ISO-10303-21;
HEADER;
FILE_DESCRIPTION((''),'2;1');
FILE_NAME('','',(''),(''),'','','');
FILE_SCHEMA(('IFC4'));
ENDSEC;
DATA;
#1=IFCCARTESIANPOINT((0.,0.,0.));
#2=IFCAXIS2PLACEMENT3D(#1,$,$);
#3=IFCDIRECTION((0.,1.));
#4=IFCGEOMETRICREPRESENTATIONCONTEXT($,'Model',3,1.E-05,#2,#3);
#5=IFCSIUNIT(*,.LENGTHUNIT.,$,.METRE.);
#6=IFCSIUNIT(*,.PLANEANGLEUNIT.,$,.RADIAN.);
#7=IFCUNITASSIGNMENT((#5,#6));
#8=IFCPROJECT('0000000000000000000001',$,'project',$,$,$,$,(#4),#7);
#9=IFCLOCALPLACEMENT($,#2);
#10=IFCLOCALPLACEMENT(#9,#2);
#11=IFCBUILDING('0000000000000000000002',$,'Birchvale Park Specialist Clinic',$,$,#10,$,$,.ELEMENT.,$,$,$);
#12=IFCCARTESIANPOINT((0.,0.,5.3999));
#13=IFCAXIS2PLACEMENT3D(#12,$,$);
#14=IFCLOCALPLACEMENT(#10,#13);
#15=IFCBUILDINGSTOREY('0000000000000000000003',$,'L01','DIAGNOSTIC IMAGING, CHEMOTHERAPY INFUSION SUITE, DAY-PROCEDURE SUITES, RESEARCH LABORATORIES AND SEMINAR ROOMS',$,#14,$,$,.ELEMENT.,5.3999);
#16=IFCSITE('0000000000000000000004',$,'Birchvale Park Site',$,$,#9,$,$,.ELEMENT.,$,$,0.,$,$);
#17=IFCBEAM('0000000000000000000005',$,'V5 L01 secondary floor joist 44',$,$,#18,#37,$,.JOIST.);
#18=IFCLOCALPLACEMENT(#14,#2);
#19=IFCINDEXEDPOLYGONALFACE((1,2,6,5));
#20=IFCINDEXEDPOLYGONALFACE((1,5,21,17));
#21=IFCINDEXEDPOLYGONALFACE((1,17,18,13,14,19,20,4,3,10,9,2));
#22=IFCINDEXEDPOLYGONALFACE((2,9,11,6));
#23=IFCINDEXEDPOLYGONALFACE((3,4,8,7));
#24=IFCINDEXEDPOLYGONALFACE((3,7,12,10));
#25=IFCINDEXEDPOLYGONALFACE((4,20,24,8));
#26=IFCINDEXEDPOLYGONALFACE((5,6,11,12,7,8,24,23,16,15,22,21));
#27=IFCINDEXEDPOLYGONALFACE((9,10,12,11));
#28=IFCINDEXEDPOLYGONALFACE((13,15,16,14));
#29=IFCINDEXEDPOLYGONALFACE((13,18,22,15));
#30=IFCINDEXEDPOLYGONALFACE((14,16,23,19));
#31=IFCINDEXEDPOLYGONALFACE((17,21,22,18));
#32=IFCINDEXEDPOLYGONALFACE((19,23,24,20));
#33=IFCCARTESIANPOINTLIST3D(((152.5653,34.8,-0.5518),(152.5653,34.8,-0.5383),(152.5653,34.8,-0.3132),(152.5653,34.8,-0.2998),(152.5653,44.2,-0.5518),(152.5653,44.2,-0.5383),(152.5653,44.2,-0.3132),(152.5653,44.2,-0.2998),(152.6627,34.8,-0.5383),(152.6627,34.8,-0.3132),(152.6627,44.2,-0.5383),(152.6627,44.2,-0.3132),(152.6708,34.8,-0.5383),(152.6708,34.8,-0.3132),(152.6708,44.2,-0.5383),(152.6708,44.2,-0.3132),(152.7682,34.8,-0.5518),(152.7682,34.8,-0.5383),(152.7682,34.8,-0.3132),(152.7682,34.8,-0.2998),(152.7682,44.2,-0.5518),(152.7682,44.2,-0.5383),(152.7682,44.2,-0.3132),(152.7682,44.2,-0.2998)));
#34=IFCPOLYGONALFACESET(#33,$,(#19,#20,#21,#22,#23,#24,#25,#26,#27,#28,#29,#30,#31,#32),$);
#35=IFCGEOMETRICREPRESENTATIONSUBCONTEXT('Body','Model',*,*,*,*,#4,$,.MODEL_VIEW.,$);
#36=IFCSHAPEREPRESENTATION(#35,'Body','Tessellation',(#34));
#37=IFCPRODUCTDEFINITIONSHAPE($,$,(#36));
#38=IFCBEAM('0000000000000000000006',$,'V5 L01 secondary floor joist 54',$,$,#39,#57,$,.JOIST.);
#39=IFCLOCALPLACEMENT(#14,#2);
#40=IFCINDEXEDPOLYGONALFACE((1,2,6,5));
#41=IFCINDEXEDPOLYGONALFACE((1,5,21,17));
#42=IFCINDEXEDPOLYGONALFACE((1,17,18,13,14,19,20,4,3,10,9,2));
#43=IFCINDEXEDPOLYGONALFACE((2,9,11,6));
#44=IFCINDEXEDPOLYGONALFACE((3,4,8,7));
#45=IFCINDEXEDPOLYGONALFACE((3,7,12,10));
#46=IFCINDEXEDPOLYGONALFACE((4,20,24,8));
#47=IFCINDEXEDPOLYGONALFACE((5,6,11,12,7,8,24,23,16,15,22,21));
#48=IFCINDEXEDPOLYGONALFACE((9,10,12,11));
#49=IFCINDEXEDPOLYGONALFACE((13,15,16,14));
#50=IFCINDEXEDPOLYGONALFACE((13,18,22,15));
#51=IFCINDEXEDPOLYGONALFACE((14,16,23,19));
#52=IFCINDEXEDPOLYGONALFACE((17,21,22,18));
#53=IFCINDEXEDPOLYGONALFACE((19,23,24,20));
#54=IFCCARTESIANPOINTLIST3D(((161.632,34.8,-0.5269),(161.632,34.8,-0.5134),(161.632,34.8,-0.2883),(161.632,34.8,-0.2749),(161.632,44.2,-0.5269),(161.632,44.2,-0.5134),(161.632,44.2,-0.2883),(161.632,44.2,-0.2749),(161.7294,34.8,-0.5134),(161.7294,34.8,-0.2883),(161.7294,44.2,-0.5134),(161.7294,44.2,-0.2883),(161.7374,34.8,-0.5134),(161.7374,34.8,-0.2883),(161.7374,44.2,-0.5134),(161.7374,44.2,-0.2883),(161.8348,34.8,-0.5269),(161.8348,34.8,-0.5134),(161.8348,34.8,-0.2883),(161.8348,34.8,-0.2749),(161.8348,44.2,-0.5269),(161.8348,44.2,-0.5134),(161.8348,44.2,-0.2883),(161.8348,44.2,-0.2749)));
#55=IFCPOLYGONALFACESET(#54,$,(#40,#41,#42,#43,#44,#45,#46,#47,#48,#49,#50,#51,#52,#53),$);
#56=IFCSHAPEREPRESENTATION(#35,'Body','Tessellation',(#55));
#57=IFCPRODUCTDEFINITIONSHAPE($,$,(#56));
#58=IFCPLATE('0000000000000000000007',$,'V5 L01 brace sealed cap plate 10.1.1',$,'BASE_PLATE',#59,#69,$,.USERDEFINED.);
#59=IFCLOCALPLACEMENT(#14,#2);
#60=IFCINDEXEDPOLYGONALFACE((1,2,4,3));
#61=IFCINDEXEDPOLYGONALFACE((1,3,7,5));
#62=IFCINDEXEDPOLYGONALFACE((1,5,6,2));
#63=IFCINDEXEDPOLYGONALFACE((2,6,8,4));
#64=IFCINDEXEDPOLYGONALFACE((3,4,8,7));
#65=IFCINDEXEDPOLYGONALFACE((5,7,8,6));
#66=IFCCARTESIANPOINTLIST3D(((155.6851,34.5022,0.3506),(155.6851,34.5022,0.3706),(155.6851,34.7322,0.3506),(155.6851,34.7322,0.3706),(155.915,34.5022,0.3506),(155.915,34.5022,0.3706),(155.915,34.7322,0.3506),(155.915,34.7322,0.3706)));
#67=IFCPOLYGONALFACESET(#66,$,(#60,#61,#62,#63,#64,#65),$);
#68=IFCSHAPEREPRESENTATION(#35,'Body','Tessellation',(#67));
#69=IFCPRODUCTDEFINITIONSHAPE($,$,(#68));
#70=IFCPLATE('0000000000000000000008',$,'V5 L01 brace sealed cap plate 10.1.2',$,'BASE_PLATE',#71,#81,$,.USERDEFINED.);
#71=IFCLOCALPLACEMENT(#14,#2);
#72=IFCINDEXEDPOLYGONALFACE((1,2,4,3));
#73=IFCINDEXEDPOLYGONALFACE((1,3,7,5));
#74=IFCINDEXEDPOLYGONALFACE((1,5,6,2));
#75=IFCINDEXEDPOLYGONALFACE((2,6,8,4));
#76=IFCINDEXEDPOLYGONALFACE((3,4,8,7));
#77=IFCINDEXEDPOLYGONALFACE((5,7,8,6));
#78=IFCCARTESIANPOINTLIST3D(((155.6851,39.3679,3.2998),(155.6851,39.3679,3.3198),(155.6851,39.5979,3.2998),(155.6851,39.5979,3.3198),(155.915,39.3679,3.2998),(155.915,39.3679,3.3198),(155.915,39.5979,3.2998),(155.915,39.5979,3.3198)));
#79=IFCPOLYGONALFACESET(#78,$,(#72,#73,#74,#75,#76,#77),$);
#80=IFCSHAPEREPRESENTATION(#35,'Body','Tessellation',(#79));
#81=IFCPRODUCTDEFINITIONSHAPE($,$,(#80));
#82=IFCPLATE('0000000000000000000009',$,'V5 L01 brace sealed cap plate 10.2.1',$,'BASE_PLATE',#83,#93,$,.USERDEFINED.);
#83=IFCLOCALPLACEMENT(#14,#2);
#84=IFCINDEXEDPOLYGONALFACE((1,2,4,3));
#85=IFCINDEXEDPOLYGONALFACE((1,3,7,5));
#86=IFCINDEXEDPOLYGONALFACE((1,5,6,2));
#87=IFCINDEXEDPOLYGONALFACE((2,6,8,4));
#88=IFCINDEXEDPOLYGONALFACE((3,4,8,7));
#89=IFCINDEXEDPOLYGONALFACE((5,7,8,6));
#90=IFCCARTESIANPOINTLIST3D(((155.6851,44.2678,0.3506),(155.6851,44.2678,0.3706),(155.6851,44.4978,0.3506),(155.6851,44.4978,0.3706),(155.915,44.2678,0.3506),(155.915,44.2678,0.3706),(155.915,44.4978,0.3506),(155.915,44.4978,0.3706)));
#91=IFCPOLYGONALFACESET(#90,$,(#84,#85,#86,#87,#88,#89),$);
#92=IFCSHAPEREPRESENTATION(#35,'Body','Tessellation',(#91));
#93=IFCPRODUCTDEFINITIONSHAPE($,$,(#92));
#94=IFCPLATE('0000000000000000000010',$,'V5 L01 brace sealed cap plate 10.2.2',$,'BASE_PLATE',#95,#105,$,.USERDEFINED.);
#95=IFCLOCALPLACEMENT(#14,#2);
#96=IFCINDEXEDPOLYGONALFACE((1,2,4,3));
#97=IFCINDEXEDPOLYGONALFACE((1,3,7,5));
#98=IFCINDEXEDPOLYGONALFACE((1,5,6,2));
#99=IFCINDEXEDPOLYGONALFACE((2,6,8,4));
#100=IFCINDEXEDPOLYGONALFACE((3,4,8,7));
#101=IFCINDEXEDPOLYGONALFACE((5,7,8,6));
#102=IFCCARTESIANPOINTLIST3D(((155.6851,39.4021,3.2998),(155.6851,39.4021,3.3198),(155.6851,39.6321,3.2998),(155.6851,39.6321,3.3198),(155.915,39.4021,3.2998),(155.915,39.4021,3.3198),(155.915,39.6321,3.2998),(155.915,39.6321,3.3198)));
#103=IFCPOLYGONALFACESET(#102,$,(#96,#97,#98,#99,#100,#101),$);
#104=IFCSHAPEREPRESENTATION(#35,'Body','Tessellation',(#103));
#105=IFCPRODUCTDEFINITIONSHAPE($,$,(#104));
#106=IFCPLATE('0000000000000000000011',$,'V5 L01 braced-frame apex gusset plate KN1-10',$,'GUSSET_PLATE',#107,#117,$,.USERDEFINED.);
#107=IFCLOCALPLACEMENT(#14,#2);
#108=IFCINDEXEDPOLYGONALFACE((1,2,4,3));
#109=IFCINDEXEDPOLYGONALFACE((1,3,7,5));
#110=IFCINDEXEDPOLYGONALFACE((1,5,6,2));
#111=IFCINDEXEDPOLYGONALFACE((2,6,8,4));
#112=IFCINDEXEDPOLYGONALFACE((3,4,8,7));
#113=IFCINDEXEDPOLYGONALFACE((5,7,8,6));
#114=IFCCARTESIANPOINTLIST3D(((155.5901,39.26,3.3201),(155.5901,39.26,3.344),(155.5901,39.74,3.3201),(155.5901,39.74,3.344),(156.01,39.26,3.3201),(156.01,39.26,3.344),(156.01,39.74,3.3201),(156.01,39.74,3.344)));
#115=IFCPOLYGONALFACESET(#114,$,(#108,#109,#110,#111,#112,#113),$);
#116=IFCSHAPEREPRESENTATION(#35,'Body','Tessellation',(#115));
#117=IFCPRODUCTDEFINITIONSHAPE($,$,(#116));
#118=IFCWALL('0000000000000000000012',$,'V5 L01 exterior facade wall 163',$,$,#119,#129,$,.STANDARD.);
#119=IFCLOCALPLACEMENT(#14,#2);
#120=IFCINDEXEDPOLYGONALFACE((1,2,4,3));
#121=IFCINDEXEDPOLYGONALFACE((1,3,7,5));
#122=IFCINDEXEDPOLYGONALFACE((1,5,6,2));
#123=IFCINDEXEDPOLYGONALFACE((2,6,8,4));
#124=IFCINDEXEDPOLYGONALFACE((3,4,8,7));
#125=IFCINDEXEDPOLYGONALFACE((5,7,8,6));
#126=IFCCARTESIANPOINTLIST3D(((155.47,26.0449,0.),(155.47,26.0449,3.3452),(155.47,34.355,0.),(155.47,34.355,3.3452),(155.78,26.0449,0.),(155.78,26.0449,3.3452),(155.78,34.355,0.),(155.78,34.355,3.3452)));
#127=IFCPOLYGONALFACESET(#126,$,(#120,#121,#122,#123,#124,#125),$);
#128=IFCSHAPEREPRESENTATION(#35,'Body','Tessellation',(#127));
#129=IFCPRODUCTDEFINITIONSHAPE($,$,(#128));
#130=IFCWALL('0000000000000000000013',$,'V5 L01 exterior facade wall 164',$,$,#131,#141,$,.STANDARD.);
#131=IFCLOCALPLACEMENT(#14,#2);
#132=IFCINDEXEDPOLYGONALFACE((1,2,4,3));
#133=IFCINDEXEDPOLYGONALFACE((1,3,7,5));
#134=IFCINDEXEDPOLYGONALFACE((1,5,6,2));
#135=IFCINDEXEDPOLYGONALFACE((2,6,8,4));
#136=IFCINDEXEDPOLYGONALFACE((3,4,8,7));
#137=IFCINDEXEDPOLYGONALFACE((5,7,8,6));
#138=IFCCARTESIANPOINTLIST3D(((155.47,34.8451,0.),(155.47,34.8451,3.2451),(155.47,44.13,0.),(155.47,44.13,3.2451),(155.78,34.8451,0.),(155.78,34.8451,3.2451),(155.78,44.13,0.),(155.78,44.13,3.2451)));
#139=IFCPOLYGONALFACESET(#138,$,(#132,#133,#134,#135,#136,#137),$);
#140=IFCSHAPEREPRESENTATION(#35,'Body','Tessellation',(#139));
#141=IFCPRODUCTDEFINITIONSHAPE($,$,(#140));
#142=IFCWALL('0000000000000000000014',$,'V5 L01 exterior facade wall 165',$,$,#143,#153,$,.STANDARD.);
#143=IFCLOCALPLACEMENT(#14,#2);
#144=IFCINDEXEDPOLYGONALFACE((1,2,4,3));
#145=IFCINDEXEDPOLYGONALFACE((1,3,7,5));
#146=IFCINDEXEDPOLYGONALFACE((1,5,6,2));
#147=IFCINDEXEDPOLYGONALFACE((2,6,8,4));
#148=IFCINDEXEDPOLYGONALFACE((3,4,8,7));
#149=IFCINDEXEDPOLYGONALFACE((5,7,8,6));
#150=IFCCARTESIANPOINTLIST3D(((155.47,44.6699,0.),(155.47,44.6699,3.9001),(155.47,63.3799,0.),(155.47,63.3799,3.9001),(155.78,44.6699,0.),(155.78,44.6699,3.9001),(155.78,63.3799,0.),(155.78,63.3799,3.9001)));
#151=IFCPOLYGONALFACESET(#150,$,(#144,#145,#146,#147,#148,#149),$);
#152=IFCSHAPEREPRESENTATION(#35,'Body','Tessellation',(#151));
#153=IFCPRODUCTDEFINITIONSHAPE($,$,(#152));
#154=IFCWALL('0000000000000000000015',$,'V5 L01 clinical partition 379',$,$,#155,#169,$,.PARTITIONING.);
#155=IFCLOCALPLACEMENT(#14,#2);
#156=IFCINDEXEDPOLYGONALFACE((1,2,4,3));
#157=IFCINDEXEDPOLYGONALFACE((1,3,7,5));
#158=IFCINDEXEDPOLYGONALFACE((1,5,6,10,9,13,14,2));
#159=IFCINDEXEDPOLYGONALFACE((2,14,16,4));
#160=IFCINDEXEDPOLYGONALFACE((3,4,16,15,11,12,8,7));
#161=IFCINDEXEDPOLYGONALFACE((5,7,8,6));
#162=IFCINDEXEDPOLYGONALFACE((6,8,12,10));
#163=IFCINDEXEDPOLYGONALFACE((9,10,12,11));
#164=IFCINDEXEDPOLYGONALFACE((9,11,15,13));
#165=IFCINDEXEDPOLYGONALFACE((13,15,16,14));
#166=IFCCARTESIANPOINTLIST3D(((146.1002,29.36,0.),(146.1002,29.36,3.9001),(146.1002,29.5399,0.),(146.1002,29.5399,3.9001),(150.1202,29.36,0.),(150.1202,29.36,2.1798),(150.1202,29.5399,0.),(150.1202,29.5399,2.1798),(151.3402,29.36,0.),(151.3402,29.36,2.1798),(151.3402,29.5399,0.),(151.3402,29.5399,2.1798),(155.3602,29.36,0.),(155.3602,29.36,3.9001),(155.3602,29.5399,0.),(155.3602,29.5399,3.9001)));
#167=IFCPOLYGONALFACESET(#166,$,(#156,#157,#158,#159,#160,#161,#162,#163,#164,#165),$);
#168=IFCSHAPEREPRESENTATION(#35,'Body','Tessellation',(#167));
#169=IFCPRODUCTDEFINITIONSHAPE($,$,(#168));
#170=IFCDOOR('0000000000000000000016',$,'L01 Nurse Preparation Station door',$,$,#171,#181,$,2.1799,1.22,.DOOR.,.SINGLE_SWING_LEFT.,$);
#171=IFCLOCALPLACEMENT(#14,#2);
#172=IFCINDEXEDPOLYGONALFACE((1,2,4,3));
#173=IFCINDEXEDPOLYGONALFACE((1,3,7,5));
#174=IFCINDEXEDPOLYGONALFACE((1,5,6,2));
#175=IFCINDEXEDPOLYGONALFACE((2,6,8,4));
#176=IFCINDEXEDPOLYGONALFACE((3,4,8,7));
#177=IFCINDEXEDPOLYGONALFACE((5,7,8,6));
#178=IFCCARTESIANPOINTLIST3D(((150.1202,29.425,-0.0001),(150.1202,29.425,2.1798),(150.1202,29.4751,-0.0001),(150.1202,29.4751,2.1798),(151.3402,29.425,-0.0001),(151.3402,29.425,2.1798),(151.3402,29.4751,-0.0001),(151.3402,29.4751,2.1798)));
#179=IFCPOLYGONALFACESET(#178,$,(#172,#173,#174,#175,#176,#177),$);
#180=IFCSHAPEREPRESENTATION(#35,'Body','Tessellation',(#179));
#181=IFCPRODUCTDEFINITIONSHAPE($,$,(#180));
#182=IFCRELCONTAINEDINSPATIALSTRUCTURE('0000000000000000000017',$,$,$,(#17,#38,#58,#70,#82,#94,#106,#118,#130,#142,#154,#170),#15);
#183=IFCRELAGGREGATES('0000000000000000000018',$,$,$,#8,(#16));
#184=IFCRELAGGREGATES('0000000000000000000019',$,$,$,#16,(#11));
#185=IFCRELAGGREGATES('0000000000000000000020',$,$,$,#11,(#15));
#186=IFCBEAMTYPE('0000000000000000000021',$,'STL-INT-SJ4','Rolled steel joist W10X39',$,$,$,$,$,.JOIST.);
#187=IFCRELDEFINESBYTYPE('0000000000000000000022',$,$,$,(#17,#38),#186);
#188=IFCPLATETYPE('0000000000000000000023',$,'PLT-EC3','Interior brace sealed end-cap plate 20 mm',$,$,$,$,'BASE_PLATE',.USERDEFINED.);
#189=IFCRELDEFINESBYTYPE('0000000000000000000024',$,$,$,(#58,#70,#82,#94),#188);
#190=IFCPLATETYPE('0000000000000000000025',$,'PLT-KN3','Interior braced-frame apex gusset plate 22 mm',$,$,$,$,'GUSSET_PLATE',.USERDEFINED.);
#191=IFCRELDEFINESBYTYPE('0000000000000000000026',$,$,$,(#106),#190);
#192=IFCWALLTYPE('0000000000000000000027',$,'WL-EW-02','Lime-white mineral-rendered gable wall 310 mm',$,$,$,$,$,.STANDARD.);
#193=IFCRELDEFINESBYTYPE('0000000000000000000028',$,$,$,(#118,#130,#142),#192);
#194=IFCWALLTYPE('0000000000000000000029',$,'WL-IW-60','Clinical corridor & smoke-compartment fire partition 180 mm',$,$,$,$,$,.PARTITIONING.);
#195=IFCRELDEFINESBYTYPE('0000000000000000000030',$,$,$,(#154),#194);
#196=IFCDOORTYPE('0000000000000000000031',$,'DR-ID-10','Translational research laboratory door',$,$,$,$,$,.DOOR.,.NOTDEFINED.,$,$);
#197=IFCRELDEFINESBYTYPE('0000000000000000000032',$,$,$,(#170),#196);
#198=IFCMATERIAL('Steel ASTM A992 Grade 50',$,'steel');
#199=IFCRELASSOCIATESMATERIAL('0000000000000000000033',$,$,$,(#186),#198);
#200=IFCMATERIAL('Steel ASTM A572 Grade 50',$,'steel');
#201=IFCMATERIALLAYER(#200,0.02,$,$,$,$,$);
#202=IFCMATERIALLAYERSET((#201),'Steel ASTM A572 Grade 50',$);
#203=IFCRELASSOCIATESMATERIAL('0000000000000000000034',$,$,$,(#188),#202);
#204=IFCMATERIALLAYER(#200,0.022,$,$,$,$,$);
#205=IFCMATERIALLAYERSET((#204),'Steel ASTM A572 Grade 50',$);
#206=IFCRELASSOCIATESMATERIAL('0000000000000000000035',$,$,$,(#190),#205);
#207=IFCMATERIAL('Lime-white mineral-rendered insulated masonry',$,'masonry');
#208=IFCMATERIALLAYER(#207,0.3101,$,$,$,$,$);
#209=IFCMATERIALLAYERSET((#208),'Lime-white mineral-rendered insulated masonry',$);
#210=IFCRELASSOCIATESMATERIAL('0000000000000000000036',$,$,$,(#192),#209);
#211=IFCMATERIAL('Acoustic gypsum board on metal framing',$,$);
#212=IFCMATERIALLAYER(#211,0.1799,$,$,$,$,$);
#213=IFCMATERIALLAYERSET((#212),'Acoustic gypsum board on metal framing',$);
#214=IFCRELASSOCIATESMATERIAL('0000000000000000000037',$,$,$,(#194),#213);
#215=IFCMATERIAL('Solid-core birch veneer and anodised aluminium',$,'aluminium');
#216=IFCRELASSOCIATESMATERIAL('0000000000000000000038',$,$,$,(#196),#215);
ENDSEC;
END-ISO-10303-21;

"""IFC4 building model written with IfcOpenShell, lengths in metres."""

from ifc_helpers import new_model, si_unit, direction, frame, frame_2d, origin, origin_2d, place, context, subcontext, project, spatial, rectangle, i_section, extrude, material, layer, layer_set, material_profile, profile_set, type_object, element, fill, save


model = new_model("IFC4")

# Units and contexts
model_context = context("Model", 3, precision=1e-05, world=origin(), true_north=direction((0.0, 1.0)))
body_context = subcontext(model_context, "Body", "Model", "MODEL_VIEW")
ifc_project = project(units=[si_unit("LENGTHUNIT", "METRE"), si_unit("PLANEANGLEUNIT", "RADIAN")], contexts=[model_context])

# Site, building, storey
site_placement = place(None, origin())
site = spatial("IfcSite", under=ifc_project, at=site_placement, Name="Birchvale Park Site", CompositionType="ELEMENT", RefElevation=0.0)
building_placement = place(site_placement, origin())
building = spatial("IfcBuilding", under=site, at=building_placement, Name="Birchvale Park Specialist Clinic", CompositionType="ELEMENT")
storey_placement = place(building_placement, frame((0.0, 0.0, 5.3999)))
storey = spatial("IfcBuildingStorey", under=building, at=storey_placement, Name="L01", Description="DIAGNOSTIC IMAGING, CHEMOTHERAPY INFUSION SUITE, DAY-PROCEDURE SUITES, RESEARCH LABORATORIES AND SEMINAR ROOMS", CompositionType="ELEMENT", Elevation=5.3999)

# Beams
ifc_material_1 = material(Name="Steel ASTM A992 Grade 50", Category="steel")
ifc_material_profile_1 = material_profile(ifc_material_1, i_section(OverallWidth=0.2029, OverallDepth=0.252, WebThickness=0.0081, FlangeThickness=0.0134, at=origin_2d()), Name="W10X39")
ifc_profile_set_1 = profile_set([ifc_material_profile_1], Name="Steel ASTM A992 Grade 50")
beam_type_1 = type_object("IfcBeamType", Name="STL-INT-SJ4", Description="Rolled steel joist W10X39", PredefinedType="JOIST", material=ifc_profile_set_1)
for number, where, z_axis, x_axis, name in (
    (1, (152.6667, 34.8, -0.4258), (0.0, 1.0, 0.0), (-1.0, 0.0, 0.0), "V5 L01 secondary floor joist 44"),
    (2, (161.7334, 34.8, -0.4009), (0.0, 1.0, 0.0), (-1.0, 0.0, 0.0), "V5 L01 secondary floor joist 54"),
):
    element("IfcBeam", number, at=place(storey_placement, frame(where, z_axis=z_axis, x_axis=x_axis)), inside=storey, type_object=beam_type_1, Name=name, PredefinedType="JOIST", context=body_context, shape_type="SweptSolid", body=[
        extrude(i_section(OverallWidth=0.2029, OverallDepth=0.252, WebThickness=0.0081, FlangeThickness=0.0134, at=origin_2d()), origin(), (0.0, 0.0, 1.0), 9.3999),
    ])

# Plates
ifc_material_2 = material(Name="Steel ASTM A572 Grade 50", Category="steel")
ifc_layer_1 = layer(ifc_material_2, 0.02)
ifc_layer_set_1 = layer_set([ifc_layer_1], Name="Steel ASTM A572 Grade 50")
plate_type_1 = type_object("IfcPlateType", Name="PLT-EC3", Description="Interior brace sealed end-cap plate 20 mm", ElementType="BASE_PLATE", PredefinedType="USERDEFINED", material=ifc_layer_set_1)
for number, where, z_axis, x_axis, name in (
    (3, (155.8, 34.6172, 0.3506), (0.0, 0.0, 1.0), (1.0, 0.0, 0.0), "V5 L01 brace sealed cap plate 10.1.1"),
    (4, (155.8, 39.4829, 3.2998), (0.0, 0.0, 1.0), (1.0, 0.0, 0.0), "V5 L01 brace sealed cap plate 10.1.2"),
    (5, (155.8, 44.3828, 0.3506), (0.0, 0.0, 1.0), (1.0, 0.0, 0.0), "V5 L01 brace sealed cap plate 10.2.1"),
    (6, (155.8, 39.5171, 3.2998), (0.0, 0.0, 1.0), (1.0, 0.0, 0.0), "V5 L01 brace sealed cap plate 10.2.2"),
):
    element("IfcPlate", number, at=place(storey_placement, frame(where, z_axis=z_axis, x_axis=x_axis)), inside=storey, type_object=plate_type_1, Name=name, ObjectType="BASE_PLATE", PredefinedType="USERDEFINED", context=body_context, shape_type="SweptSolid", body=[
        extrude(rectangle(XDim=0.23, YDim=0.23, at=origin_2d()), origin(), (0.0, 0.0, 1.0), 0.02),
    ])
ifc_layer_2 = layer(ifc_material_2, 0.022)
ifc_layer_set_2 = layer_set([ifc_layer_2], Name="Steel ASTM A572 Grade 50")
plate_type_2 = type_object("IfcPlateType", Name="PLT-KN3", Description="Interior braced-frame apex gusset plate 22 mm", ElementType="GUSSET_PLATE", PredefinedType="USERDEFINED", material=ifc_layer_set_2)
plate_placement = place(storey_placement, frame((155.8, 39.5, 3.3201), z_axis=(0.0, 0.0, 1.0), x_axis=(1.0, 0.0, 0.0)))
element("IfcPlate", 7, at=plate_placement, inside=storey, type_object=plate_type_2, Name="V5 L01 braced-frame apex gusset plate KN1-10", ObjectType="GUSSET_PLATE", PredefinedType="USERDEFINED", context=body_context, shape_type="SweptSolid", body=[
    extrude(rectangle(XDim=0.4199, YDim=0.48, at=origin_2d()), origin(), (0.0, 0.0, 1.0), 0.0239),
])

# Walls
ifc_material_3 = material(Name="Lime-white mineral-rendered insulated masonry", Category="masonry")
ifc_layer_3 = layer(ifc_material_3, 0.3101)
ifc_layer_set_3 = layer_set([ifc_layer_3], Name="Lime-white mineral-rendered insulated masonry")
wall_type_1 = type_object("IfcWallType", Name="WL-EW-02", Description="Lime-white mineral-rendered gable wall 310 mm", PredefinedType="STANDARD", material=ifc_layer_set_3)
wall_1_placement = place(storey_placement, frame((155.625, 26.0449, 0.0), z_axis=(0.0, 0.0, 1.0), x_axis=(0.0, 1.0, 0.0)))
element("IfcWall", 8, at=wall_1_placement, inside=storey, type_object=wall_type_1, Name="V5 L01 exterior facade wall 163", PredefinedType="STANDARD", context=body_context, shape_type="SweptSolid", body=[
    extrude(rectangle(XDim=8.3101, YDim=0.3101, at=frame_2d((4.155, 0.0))), origin(), (0.0, 0.0, 1.0), 3.3452),
])
wall_2_placement = place(storey_placement, frame((155.625, 34.845, 0.0), z_axis=(0.0, 0.0, 1.0), x_axis=(0.0, 1.0, 0.0)))
element("IfcWall", 9, at=wall_2_placement, inside=storey, type_object=wall_type_1, Name="V5 L01 exterior facade wall 164", PredefinedType="STANDARD", context=body_context, shape_type="SweptSolid", body=[
    extrude(rectangle(XDim=9.2849, YDim=0.3101, at=frame_2d((4.6426, 0.0))), origin(), (0.0, 0.0, 1.0), 3.2451),
])
wall_3_placement = place(storey_placement, frame((155.625, 44.6699, 0.0), z_axis=(0.0, 0.0, 1.0), x_axis=(0.0, 1.0, 0.0)))
element("IfcWall", 10, at=wall_3_placement, inside=storey, type_object=wall_type_1, Name="V5 L01 exterior facade wall 165", PredefinedType="STANDARD", context=body_context, shape_type="SweptSolid", body=[
    extrude(rectangle(XDim=18.71, YDim=0.3101, at=frame_2d((9.355, 0.0))), origin(), (0.0, 0.0, 1.0), 3.9001),
])

# Wall, opening, door
ifc_material_4 = material(Name="Acoustic gypsum board on metal framing")
ifc_layer_4 = layer(ifc_material_4, 0.1799)
ifc_layer_set_4 = layer_set([ifc_layer_4], Name="Acoustic gypsum board on metal framing")
wall_type_2 = type_object("IfcWallType", Name="WL-IW-60", Description="Clinical corridor & smoke-compartment fire partition 180 mm", PredefinedType="PARTITIONING", material=ifc_layer_set_4)
wall_4_placement = place(storey_placement, frame((155.3601, 29.45, 0.0), z_axis=(0.0, 0.0, 1.0), x_axis=(-1.0, 0.0, 0.0)))
wall_4 = element("IfcWall", 11, at=wall_4_placement, inside=storey, type_object=wall_type_2, Name="V5 L01 clinical partition 379", PredefinedType="PARTITIONING", context=body_context, shape_type="SweptSolid", body=[
    extrude(rectangle(XDim=9.26, YDim=0.1799, at=frame_2d((4.6299, 0.0))), origin(), (0.0, 0.0, 1.0), 3.9001),
])
opening_placement = place(wall_4_placement, frame((4.02, 0.0, 0.0)))
opening = element("IfcOpeningElement", 12, at=opening_placement, cuts=wall_4, PredefinedType="OPENING", context=body_context, shape_type="SweptSolid", body=[
    extrude(rectangle(XDim=1.22, YDim=2.1799, at=frame_2d((0.6099, 1.0898))), frame((0.0, 0.1001, 0.0), z_axis=(0.0, -1.0, 0.0), x_axis=(1.0, 0.0, 0.0)), (0.0, 0.0, 1.0), 0.2),
])
ifc_material_5 = material(Name="Solid-core birch veneer and anodised aluminium", Category="aluminium")
door_type = type_object("IfcDoorType", Name="DR-ID-10", Description="Translational research laboratory door", OperationType="NOTDEFINED", PredefinedType="DOOR", material=ifc_material_5)
door_placement = place(opening_placement, origin())
door = element("IfcDoor", 13, at=door_placement, inside=storey, type_object=door_type, Name="L01 Nurse Preparation Station door", OperationType="SINGLE_SWING_LEFT", OverallHeight=2.1799, OverallWidth=1.22, PredefinedType="DOOR", context=body_context, shape_type="SweptSolid", body=[
    extrude(rectangle(XDim=1.22, YDim=2.1799, at=frame_2d((0.6099, 1.0898))), frame((0.0, 0.0249, 0.0), z_axis=(0.0, -1.0, 0.0), x_axis=(1.0, 0.0, 0.0)), (0.0, 0.0, 1.0), 0.05),
])
fill(opening, door)

save(model, "model.ifc")
